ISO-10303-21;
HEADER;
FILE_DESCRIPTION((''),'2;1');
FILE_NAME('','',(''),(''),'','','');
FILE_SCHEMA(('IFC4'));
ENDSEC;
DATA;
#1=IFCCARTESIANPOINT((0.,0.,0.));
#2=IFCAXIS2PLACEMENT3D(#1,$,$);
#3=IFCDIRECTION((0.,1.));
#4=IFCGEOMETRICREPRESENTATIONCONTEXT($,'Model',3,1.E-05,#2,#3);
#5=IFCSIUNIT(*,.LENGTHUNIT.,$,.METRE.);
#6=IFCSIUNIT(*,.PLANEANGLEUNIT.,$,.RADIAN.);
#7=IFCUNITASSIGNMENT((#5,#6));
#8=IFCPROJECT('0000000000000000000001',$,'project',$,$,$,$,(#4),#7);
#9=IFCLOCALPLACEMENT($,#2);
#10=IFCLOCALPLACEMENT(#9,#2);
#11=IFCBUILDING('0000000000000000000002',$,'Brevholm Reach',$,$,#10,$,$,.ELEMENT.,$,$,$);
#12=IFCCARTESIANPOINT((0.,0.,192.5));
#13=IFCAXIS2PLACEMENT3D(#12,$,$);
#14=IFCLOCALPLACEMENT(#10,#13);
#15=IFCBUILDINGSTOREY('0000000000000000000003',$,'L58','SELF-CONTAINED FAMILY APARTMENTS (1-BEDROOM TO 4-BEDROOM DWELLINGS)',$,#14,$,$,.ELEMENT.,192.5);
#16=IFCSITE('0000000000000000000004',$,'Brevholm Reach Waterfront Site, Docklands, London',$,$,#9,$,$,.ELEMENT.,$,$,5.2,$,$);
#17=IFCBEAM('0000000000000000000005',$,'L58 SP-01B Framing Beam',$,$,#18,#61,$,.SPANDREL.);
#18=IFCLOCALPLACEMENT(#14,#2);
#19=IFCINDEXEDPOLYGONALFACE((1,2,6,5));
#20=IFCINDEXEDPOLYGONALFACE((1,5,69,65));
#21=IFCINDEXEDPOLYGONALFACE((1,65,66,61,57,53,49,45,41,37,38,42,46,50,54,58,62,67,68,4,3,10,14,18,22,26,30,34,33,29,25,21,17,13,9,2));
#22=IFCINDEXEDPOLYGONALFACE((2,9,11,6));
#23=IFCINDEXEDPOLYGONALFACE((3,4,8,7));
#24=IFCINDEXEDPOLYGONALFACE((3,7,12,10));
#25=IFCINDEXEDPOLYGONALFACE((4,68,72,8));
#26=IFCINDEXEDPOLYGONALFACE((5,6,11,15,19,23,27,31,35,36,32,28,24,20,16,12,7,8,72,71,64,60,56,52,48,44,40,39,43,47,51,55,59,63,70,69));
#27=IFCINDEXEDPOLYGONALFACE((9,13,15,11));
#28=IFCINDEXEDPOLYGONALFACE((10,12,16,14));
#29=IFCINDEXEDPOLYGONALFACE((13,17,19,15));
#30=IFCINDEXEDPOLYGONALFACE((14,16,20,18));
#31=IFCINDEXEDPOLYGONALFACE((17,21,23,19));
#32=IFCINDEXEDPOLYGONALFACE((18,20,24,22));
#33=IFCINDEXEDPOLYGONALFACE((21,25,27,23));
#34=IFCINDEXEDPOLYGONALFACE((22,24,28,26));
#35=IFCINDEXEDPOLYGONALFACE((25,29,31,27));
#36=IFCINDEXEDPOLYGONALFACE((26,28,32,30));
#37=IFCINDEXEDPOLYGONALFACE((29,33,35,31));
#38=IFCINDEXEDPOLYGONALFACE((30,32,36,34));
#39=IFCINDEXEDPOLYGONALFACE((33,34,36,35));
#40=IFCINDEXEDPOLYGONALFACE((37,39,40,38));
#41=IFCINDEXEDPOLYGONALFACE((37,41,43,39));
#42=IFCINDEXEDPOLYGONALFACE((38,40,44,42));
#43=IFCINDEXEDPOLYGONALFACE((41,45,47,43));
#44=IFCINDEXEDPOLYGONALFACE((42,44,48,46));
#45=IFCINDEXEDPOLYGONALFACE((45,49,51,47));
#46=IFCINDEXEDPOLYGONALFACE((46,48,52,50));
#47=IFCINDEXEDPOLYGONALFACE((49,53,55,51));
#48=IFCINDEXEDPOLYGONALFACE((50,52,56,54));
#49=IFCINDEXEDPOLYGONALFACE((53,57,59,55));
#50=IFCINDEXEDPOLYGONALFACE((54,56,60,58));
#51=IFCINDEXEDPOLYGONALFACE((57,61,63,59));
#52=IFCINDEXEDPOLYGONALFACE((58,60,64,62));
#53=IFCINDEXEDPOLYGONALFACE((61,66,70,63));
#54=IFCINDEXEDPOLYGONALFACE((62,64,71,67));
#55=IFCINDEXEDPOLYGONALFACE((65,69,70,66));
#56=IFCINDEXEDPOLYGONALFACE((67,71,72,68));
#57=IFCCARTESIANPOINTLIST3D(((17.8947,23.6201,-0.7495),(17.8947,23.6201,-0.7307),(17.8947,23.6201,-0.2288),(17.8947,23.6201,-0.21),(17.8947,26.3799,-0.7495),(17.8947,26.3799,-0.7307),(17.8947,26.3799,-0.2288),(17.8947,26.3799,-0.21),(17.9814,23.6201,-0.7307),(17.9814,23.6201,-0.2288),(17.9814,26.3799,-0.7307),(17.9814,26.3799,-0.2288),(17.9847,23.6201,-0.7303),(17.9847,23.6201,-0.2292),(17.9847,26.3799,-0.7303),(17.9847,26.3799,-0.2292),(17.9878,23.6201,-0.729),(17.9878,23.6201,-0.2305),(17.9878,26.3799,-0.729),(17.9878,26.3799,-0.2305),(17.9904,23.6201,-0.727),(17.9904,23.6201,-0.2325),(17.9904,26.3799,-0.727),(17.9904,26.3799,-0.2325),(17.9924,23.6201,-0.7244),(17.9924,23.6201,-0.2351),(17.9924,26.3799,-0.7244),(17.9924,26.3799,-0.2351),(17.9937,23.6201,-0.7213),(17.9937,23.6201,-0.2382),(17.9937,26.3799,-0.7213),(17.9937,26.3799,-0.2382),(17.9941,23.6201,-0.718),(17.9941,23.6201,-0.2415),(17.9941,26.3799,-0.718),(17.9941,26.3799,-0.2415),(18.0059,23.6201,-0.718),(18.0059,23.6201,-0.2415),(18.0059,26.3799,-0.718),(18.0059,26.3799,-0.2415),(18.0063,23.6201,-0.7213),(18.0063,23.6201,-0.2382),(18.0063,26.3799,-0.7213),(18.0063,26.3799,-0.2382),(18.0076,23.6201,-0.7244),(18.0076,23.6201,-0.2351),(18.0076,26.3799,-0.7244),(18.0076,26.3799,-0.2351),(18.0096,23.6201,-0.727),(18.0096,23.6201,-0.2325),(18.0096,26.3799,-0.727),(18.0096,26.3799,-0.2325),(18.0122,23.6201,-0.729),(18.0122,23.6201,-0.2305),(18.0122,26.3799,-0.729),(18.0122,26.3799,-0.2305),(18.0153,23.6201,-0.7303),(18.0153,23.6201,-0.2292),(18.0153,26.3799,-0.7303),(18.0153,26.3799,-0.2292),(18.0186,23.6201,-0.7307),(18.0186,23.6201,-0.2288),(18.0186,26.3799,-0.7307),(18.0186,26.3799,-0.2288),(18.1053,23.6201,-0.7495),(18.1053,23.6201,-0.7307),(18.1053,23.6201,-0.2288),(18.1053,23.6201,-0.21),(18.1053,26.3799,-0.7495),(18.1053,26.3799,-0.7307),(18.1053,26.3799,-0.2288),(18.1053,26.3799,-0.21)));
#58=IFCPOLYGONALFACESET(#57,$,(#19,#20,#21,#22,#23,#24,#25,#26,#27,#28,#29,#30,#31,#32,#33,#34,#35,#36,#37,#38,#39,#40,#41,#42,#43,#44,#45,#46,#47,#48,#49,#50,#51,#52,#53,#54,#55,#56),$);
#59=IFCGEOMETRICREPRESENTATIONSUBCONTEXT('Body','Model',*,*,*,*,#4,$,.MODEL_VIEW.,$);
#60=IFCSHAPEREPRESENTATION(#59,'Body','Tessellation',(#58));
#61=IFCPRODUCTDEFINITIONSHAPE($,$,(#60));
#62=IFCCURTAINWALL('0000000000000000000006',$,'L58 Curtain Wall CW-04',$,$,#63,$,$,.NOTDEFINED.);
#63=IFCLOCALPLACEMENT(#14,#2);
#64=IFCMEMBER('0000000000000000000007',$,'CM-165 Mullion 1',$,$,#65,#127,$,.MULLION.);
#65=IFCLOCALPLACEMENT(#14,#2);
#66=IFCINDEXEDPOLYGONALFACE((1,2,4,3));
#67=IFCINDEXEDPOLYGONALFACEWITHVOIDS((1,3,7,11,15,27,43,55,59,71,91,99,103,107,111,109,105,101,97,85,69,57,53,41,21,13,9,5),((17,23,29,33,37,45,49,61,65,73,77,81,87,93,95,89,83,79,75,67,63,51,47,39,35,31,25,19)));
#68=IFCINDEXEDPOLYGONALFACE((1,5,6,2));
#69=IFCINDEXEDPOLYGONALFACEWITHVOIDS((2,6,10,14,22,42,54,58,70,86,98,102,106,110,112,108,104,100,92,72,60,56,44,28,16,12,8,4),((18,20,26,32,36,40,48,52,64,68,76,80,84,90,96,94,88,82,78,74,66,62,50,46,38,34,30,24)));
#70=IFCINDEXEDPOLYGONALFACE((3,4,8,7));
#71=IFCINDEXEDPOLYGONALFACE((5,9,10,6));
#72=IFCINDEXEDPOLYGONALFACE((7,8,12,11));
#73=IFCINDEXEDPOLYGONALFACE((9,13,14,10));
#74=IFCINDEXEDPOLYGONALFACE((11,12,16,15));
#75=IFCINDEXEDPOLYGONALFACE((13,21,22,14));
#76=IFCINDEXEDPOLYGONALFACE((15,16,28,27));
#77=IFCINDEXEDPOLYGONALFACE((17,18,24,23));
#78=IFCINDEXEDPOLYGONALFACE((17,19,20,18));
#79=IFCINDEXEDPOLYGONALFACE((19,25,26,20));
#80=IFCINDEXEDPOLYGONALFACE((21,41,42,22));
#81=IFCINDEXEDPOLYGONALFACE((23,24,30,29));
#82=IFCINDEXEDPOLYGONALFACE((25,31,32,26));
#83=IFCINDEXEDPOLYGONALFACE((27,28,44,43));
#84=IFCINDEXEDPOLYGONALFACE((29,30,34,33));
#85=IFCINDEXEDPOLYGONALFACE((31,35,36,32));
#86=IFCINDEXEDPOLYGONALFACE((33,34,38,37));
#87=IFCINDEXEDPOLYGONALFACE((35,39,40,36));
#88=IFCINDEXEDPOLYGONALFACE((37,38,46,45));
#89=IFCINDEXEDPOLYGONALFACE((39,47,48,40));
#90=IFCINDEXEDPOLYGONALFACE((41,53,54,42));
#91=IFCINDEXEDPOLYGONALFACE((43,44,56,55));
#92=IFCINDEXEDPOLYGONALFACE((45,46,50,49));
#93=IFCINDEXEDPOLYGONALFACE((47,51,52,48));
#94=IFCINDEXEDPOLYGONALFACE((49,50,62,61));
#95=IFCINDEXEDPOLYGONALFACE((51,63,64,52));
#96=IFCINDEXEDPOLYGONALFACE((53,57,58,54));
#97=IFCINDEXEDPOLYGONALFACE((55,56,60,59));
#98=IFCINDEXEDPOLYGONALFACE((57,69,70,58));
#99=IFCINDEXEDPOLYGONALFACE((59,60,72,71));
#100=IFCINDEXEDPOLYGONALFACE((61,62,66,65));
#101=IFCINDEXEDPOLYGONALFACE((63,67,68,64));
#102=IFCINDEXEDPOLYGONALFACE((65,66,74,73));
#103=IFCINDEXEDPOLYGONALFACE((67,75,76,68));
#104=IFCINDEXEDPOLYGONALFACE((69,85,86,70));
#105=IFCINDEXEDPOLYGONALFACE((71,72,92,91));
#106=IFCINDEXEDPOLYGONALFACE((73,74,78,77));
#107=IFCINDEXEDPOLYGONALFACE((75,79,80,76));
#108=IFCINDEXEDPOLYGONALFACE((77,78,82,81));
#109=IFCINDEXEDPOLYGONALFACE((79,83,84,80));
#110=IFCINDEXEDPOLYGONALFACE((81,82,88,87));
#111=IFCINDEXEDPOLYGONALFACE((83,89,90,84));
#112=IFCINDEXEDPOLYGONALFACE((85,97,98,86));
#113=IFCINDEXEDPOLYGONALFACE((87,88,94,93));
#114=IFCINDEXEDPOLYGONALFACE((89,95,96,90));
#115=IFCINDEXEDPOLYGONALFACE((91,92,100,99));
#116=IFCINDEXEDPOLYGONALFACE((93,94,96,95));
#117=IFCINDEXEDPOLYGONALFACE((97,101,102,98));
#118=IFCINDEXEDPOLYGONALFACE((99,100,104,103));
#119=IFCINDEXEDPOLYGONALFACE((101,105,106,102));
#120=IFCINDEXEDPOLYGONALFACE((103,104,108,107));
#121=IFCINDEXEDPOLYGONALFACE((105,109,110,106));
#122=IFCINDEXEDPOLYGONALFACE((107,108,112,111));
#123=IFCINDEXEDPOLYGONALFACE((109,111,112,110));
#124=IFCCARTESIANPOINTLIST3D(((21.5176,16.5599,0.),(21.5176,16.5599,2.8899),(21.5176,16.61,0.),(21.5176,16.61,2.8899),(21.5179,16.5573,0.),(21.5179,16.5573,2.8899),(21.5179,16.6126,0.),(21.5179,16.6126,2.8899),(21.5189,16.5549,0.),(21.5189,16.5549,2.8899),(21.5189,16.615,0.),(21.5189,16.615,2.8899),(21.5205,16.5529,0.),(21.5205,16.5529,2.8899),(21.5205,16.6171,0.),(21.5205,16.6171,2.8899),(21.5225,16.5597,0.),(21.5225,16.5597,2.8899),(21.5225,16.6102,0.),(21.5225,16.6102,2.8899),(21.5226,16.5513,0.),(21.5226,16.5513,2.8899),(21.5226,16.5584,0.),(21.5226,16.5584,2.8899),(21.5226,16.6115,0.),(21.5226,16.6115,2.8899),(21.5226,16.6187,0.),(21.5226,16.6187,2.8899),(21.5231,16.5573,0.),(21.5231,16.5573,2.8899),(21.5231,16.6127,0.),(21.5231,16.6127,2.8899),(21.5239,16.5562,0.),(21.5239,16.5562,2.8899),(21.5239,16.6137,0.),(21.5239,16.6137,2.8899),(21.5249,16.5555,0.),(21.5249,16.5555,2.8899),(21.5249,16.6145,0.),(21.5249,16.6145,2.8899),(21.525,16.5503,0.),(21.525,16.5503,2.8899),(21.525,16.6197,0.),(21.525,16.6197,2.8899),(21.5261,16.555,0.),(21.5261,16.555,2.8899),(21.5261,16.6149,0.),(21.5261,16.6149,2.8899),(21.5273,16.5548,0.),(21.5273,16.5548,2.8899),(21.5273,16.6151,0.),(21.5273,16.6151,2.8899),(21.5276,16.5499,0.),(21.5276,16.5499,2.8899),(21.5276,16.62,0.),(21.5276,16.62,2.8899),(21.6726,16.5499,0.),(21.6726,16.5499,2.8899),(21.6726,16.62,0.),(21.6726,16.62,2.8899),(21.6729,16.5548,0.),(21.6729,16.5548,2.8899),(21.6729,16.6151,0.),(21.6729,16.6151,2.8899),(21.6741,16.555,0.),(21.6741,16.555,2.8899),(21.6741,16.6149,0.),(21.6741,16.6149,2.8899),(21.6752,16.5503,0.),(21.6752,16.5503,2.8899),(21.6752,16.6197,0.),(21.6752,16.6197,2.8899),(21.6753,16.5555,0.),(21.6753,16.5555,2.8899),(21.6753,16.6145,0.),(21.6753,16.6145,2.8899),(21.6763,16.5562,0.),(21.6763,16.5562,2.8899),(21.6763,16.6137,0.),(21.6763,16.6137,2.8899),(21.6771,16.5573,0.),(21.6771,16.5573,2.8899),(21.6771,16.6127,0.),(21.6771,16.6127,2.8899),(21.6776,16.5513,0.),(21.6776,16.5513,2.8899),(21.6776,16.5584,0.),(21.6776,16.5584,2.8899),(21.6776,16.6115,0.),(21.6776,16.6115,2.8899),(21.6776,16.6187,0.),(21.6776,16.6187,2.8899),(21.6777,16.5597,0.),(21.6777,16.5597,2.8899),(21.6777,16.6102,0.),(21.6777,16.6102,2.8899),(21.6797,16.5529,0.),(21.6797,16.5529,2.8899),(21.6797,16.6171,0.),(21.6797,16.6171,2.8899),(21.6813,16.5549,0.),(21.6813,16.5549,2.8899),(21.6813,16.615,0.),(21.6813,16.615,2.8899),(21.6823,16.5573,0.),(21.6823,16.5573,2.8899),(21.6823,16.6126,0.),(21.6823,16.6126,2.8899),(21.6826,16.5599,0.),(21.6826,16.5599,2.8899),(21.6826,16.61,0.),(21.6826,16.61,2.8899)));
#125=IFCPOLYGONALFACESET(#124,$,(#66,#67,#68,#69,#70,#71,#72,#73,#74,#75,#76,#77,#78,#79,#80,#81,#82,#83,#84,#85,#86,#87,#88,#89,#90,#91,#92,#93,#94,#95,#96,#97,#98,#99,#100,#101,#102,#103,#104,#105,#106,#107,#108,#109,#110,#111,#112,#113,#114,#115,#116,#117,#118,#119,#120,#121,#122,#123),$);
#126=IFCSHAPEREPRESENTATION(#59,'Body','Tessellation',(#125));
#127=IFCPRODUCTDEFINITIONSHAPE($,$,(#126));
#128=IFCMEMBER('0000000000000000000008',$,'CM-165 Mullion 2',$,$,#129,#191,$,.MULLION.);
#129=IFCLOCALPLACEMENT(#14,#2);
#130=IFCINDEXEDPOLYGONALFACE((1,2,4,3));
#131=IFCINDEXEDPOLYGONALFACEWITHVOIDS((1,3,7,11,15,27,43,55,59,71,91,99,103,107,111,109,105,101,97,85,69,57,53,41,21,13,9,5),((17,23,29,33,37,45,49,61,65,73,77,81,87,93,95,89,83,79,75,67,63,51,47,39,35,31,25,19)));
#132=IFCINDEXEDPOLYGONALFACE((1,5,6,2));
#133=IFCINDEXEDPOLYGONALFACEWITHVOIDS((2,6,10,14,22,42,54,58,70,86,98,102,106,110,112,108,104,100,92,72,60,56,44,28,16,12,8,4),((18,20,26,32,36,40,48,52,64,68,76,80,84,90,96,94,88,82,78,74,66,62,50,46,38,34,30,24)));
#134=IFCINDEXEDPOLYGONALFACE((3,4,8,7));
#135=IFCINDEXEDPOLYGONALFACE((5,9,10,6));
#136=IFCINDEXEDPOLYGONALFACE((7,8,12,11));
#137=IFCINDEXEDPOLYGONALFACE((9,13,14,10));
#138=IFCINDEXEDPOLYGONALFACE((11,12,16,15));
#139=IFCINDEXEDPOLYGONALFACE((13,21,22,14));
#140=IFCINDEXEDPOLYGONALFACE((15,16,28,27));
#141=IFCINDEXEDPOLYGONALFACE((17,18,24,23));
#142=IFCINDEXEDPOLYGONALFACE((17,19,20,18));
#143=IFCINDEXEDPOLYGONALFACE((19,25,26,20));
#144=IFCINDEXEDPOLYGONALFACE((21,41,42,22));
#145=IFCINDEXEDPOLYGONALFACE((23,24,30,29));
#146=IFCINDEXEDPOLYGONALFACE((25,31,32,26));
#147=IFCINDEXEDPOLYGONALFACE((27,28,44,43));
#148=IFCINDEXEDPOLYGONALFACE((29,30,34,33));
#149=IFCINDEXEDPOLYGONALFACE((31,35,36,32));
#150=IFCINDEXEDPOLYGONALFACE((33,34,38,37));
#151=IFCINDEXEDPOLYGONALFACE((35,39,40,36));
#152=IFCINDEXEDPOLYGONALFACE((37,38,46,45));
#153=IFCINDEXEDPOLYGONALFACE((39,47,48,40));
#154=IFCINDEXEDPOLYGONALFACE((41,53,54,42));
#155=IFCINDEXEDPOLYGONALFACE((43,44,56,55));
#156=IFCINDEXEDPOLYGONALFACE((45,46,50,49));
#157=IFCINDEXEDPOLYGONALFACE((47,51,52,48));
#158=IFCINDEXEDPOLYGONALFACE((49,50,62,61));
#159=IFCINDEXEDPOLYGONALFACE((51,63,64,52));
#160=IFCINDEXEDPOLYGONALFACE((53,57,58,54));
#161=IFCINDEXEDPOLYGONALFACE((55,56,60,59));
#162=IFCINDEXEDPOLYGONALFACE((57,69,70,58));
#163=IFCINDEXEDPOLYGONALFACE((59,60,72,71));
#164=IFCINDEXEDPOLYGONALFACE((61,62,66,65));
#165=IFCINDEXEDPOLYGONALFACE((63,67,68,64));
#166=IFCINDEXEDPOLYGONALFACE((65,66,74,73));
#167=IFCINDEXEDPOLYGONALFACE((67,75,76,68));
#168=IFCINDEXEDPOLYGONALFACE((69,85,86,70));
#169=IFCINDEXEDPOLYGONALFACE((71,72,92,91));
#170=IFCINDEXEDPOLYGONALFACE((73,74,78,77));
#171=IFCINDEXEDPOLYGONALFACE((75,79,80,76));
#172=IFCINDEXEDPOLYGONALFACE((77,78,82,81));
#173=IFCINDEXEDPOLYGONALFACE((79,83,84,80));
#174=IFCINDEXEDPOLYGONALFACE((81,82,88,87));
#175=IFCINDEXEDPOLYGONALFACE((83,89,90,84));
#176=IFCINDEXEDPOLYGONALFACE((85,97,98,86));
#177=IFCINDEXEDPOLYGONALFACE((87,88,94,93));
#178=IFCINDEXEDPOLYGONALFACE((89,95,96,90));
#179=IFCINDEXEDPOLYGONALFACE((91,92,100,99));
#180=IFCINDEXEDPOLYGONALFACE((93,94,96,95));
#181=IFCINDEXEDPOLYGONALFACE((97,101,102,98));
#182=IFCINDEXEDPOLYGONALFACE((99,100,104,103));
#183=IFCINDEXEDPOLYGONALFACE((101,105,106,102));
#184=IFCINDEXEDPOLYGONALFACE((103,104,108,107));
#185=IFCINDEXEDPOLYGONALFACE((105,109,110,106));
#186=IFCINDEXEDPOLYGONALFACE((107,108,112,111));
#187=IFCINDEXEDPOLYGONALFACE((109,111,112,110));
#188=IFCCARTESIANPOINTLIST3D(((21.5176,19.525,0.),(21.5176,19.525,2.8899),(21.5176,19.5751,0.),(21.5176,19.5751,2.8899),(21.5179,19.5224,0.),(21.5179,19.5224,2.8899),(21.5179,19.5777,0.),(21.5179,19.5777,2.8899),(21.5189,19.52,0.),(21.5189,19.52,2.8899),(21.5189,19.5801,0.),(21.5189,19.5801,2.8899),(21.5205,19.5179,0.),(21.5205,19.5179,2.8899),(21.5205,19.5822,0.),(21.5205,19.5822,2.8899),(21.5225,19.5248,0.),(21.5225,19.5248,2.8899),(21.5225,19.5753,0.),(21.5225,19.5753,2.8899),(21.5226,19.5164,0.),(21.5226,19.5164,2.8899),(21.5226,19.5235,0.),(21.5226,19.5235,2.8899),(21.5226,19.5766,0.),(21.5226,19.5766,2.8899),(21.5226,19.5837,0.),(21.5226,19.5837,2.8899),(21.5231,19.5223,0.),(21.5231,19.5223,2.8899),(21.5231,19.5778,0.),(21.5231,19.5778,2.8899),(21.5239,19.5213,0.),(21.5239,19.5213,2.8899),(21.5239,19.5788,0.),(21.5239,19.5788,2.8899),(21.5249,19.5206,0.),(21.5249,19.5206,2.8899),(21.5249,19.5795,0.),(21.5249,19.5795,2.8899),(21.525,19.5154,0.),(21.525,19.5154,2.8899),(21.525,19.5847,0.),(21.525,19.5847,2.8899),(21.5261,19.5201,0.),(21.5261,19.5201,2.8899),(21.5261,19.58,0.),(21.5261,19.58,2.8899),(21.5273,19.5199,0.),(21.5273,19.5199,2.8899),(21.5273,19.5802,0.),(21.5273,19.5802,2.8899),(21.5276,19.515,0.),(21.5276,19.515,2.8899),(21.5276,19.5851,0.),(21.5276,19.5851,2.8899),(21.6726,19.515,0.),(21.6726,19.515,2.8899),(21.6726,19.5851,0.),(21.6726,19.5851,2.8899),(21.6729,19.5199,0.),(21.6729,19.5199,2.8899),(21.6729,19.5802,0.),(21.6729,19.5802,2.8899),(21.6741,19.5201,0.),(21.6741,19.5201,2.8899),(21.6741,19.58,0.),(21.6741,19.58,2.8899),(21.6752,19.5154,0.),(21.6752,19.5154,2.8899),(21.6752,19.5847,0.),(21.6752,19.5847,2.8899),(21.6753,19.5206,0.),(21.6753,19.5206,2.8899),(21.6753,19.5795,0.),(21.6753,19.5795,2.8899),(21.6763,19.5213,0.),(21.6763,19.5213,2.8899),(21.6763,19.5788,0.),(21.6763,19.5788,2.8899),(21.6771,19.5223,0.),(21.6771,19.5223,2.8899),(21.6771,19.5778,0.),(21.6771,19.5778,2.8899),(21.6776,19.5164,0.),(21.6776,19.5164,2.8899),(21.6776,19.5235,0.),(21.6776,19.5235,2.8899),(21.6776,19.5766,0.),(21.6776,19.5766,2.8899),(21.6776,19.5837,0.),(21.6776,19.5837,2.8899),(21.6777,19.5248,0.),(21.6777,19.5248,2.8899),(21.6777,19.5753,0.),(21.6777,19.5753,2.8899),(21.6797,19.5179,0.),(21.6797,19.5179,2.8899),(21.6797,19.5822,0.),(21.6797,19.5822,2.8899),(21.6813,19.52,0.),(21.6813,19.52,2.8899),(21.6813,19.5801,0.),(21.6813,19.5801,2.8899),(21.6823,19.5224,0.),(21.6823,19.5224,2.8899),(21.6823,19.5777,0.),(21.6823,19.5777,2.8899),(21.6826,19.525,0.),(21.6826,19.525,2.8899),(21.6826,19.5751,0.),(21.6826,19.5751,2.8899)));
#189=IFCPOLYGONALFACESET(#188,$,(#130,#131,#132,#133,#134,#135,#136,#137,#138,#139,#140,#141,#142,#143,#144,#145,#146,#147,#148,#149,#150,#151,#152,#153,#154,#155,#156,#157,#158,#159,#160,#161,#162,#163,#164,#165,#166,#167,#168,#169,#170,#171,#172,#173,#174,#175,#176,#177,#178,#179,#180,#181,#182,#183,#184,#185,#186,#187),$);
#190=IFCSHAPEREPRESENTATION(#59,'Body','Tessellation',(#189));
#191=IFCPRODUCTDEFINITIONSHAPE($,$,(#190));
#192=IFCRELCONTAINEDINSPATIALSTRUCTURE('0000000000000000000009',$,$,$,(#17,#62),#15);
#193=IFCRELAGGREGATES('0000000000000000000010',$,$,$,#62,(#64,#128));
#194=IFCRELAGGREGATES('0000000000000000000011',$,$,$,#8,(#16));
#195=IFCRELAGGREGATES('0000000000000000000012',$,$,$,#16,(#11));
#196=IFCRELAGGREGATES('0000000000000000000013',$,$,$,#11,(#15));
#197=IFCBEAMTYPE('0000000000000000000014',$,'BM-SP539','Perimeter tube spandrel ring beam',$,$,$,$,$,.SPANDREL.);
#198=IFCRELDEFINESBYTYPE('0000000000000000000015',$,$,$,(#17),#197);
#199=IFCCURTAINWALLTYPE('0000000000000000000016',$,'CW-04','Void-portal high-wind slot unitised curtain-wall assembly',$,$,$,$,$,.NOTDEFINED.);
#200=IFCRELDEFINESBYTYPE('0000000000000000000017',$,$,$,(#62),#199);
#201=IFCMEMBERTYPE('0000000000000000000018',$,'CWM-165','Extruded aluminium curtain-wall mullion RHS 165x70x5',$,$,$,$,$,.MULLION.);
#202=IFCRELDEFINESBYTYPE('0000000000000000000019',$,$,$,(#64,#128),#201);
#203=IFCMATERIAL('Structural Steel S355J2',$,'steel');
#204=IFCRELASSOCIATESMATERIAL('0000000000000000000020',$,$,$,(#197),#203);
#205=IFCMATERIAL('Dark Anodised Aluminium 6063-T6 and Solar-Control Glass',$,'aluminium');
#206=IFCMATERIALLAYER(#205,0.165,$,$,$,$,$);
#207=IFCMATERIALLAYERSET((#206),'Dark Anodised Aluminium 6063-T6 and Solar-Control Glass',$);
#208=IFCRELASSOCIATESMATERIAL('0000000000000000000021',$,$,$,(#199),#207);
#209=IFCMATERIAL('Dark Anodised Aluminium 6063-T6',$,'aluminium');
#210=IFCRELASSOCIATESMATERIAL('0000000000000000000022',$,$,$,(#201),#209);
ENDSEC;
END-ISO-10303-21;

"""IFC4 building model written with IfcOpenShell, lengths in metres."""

from ifc_helpers import new_model, si_unit, direction, frame, origin, origin_2d, place, context, subcontext, project, spatial, hollow_rectangle, i_section, extrude, material, layer, layer_set, material_profile, profile_set, type_object, element, aggregate, save


model = new_model("IFC4")

# Units and contexts
model_context = context("Model", 3, precision=1e-05, world=origin(), true_north=direction((0.0, 1.0)))
body_context = subcontext(model_context, "Body", "Model", "MODEL_VIEW")
ifc_project = project(units=[si_unit("LENGTHUNIT", "METRE"), si_unit("PLANEANGLEUNIT", "RADIAN")], contexts=[model_context])

# Site, building, storey
site_placement = place(None, origin())
site = spatial("IfcSite", under=ifc_project, at=site_placement, Name="Brevholm Reach Waterfront Site, Docklands, London", CompositionType="ELEMENT", RefElevation=5.2)
building_placement = place(site_placement, origin())
building = spatial("IfcBuilding", under=site, at=building_placement, Name="Brevholm Reach", CompositionType="ELEMENT")
storey_placement = place(building_placement, frame((0.0, 0.0, 192.5)))
storey = spatial("IfcBuildingStorey", under=building, at=storey_placement, Name="L58", Description="SELF-CONTAINED FAMILY APARTMENTS (1-BEDROOM TO 4-BEDROOM DWELLINGS)", CompositionType="ELEMENT", Elevation=192.5)

# Beam
ifc_material_1 = material(Name="Structural Steel S355J2", Category="steel")
ifc_material_profile_1 = material_profile(ifc_material_1, i_section(OverallWidth=0.2107, OverallDepth=0.5396, WebThickness=0.0117, FlangeThickness=0.0188, FilletRadius=0.0127, at=origin_2d()), Name="UKB 533x210x109")
ifc_profile_set_1 = profile_set([ifc_material_profile_1], Name="Structural Steel S355J2")
beam_type_1 = type_object("IfcBeamType", Name="BM-SP539", Description="Perimeter tube spandrel ring beam", PredefinedType="SPANDREL", material=ifc_profile_set_1)
beam_1_placement = place(storey_placement, frame((18.0, 23.6201, -0.4797), z_axis=(0.0, 1.0, 0.0), x_axis=(-1.0, 0.0, 0.0)))
element("IfcBeam", 1, at=beam_1_placement, inside=storey, type_object=beam_type_1, Name="L58 SP-01B Framing Beam", PredefinedType="SPANDREL", context=body_context, shape_type="SweptSolid", body=[
    extrude(i_section(OverallWidth=0.2107, OverallDepth=0.5396, WebThickness=0.0117, FlangeThickness=0.0188, FilletRadius=0.0127, at=origin_2d()), origin(), (0.0, 0.0, 1.0), 2.7598),
])

# Curtain wall, members
ifc_material_2 = material(Name="Dark Anodised Aluminium 6063-T6 and Solar-Control Glass", Category="aluminium")
ifc_layer_1 = layer(ifc_material_2, 0.165)
ifc_layer_set_1 = layer_set([ifc_layer_1], Name="Dark Anodised Aluminium 6063-T6 and Solar-Control Glass")
curtain_wall_type = type_object("IfcCurtainWallType", Name="CW-04", Description="Void-portal high-wind slot unitised curtain-wall assembly", PredefinedType="NOTDEFINED", material=ifc_layer_set_1)
curtain_wall_placement = place(storey_placement, origin())
curtain_wall = element("IfcCurtainWall", 2, at=curtain_wall_placement, inside=storey, type_object=curtain_wall_type, Name="L58 Curtain Wall CW-04", PredefinedType="NOTDEFINED")
ifc_material_3 = material(Name="Dark Anodised Aluminium 6063-T6", Category="aluminium")
ifc_material_profile_2 = material_profile(ifc_material_3, hollow_rectangle(XDim=0.0701, YDim=0.165, WallThickness=0.0049, InnerFilletRadius=0.0049, OuterFilletRadius=0.01, at=origin_2d()), Name="RHS 165x70x5")
ifc_profile_set_2 = profile_set([ifc_material_profile_2], Name="Dark Anodised Aluminium 6063-T6")
member_type_1 = type_object("IfcMemberType", Name="CWM-165", Description="Extruded aluminium curtain-wall mullion RHS 165x70x5", PredefinedType="MULLION", material=ifc_profile_set_2)
member_1_placement = place(storey_placement, frame((21.6001, 16.585, 0.0), z_axis=(0.0, 0.0, 1.0), x_axis=(0.0, 1.0, 0.0)))
member_1 = element("IfcMember", 3, at=member_1_placement, type_object=member_type_1, Name="CM-165 Mullion 1", PredefinedType="MULLION", context=body_context, shape_type="SweptSolid", body=[
    extrude(hollow_rectangle(XDim=0.0701, YDim=0.165, WallThickness=0.0049, InnerFilletRadius=0.0049, OuterFilletRadius=0.01, at=origin_2d()), origin(), (0.0, 0.0, 1.0), 2.8899),
])
member_2_placement = place(storey_placement, frame((21.6001, 19.55, 0.0), z_axis=(0.0, 0.0, 1.0), x_axis=(0.0, 1.0, 0.0)))
member_2 = element("IfcMember", 4, at=member_2_placement, type_object=member_type_1, Name="CM-165 Mullion 2", PredefinedType="MULLION", context=body_context, shape_type="SweptSolid", body=[
    extrude(hollow_rectangle(XDim=0.0701, YDim=0.165, WallThickness=0.0049, InnerFilletRadius=0.0049, OuterFilletRadius=0.01, at=origin_2d()), origin(), (0.0, 0.0, 1.0), 2.8899),
])
aggregate(curtain_wall, [member_1, member_2])

save(model, "model.ifc")
